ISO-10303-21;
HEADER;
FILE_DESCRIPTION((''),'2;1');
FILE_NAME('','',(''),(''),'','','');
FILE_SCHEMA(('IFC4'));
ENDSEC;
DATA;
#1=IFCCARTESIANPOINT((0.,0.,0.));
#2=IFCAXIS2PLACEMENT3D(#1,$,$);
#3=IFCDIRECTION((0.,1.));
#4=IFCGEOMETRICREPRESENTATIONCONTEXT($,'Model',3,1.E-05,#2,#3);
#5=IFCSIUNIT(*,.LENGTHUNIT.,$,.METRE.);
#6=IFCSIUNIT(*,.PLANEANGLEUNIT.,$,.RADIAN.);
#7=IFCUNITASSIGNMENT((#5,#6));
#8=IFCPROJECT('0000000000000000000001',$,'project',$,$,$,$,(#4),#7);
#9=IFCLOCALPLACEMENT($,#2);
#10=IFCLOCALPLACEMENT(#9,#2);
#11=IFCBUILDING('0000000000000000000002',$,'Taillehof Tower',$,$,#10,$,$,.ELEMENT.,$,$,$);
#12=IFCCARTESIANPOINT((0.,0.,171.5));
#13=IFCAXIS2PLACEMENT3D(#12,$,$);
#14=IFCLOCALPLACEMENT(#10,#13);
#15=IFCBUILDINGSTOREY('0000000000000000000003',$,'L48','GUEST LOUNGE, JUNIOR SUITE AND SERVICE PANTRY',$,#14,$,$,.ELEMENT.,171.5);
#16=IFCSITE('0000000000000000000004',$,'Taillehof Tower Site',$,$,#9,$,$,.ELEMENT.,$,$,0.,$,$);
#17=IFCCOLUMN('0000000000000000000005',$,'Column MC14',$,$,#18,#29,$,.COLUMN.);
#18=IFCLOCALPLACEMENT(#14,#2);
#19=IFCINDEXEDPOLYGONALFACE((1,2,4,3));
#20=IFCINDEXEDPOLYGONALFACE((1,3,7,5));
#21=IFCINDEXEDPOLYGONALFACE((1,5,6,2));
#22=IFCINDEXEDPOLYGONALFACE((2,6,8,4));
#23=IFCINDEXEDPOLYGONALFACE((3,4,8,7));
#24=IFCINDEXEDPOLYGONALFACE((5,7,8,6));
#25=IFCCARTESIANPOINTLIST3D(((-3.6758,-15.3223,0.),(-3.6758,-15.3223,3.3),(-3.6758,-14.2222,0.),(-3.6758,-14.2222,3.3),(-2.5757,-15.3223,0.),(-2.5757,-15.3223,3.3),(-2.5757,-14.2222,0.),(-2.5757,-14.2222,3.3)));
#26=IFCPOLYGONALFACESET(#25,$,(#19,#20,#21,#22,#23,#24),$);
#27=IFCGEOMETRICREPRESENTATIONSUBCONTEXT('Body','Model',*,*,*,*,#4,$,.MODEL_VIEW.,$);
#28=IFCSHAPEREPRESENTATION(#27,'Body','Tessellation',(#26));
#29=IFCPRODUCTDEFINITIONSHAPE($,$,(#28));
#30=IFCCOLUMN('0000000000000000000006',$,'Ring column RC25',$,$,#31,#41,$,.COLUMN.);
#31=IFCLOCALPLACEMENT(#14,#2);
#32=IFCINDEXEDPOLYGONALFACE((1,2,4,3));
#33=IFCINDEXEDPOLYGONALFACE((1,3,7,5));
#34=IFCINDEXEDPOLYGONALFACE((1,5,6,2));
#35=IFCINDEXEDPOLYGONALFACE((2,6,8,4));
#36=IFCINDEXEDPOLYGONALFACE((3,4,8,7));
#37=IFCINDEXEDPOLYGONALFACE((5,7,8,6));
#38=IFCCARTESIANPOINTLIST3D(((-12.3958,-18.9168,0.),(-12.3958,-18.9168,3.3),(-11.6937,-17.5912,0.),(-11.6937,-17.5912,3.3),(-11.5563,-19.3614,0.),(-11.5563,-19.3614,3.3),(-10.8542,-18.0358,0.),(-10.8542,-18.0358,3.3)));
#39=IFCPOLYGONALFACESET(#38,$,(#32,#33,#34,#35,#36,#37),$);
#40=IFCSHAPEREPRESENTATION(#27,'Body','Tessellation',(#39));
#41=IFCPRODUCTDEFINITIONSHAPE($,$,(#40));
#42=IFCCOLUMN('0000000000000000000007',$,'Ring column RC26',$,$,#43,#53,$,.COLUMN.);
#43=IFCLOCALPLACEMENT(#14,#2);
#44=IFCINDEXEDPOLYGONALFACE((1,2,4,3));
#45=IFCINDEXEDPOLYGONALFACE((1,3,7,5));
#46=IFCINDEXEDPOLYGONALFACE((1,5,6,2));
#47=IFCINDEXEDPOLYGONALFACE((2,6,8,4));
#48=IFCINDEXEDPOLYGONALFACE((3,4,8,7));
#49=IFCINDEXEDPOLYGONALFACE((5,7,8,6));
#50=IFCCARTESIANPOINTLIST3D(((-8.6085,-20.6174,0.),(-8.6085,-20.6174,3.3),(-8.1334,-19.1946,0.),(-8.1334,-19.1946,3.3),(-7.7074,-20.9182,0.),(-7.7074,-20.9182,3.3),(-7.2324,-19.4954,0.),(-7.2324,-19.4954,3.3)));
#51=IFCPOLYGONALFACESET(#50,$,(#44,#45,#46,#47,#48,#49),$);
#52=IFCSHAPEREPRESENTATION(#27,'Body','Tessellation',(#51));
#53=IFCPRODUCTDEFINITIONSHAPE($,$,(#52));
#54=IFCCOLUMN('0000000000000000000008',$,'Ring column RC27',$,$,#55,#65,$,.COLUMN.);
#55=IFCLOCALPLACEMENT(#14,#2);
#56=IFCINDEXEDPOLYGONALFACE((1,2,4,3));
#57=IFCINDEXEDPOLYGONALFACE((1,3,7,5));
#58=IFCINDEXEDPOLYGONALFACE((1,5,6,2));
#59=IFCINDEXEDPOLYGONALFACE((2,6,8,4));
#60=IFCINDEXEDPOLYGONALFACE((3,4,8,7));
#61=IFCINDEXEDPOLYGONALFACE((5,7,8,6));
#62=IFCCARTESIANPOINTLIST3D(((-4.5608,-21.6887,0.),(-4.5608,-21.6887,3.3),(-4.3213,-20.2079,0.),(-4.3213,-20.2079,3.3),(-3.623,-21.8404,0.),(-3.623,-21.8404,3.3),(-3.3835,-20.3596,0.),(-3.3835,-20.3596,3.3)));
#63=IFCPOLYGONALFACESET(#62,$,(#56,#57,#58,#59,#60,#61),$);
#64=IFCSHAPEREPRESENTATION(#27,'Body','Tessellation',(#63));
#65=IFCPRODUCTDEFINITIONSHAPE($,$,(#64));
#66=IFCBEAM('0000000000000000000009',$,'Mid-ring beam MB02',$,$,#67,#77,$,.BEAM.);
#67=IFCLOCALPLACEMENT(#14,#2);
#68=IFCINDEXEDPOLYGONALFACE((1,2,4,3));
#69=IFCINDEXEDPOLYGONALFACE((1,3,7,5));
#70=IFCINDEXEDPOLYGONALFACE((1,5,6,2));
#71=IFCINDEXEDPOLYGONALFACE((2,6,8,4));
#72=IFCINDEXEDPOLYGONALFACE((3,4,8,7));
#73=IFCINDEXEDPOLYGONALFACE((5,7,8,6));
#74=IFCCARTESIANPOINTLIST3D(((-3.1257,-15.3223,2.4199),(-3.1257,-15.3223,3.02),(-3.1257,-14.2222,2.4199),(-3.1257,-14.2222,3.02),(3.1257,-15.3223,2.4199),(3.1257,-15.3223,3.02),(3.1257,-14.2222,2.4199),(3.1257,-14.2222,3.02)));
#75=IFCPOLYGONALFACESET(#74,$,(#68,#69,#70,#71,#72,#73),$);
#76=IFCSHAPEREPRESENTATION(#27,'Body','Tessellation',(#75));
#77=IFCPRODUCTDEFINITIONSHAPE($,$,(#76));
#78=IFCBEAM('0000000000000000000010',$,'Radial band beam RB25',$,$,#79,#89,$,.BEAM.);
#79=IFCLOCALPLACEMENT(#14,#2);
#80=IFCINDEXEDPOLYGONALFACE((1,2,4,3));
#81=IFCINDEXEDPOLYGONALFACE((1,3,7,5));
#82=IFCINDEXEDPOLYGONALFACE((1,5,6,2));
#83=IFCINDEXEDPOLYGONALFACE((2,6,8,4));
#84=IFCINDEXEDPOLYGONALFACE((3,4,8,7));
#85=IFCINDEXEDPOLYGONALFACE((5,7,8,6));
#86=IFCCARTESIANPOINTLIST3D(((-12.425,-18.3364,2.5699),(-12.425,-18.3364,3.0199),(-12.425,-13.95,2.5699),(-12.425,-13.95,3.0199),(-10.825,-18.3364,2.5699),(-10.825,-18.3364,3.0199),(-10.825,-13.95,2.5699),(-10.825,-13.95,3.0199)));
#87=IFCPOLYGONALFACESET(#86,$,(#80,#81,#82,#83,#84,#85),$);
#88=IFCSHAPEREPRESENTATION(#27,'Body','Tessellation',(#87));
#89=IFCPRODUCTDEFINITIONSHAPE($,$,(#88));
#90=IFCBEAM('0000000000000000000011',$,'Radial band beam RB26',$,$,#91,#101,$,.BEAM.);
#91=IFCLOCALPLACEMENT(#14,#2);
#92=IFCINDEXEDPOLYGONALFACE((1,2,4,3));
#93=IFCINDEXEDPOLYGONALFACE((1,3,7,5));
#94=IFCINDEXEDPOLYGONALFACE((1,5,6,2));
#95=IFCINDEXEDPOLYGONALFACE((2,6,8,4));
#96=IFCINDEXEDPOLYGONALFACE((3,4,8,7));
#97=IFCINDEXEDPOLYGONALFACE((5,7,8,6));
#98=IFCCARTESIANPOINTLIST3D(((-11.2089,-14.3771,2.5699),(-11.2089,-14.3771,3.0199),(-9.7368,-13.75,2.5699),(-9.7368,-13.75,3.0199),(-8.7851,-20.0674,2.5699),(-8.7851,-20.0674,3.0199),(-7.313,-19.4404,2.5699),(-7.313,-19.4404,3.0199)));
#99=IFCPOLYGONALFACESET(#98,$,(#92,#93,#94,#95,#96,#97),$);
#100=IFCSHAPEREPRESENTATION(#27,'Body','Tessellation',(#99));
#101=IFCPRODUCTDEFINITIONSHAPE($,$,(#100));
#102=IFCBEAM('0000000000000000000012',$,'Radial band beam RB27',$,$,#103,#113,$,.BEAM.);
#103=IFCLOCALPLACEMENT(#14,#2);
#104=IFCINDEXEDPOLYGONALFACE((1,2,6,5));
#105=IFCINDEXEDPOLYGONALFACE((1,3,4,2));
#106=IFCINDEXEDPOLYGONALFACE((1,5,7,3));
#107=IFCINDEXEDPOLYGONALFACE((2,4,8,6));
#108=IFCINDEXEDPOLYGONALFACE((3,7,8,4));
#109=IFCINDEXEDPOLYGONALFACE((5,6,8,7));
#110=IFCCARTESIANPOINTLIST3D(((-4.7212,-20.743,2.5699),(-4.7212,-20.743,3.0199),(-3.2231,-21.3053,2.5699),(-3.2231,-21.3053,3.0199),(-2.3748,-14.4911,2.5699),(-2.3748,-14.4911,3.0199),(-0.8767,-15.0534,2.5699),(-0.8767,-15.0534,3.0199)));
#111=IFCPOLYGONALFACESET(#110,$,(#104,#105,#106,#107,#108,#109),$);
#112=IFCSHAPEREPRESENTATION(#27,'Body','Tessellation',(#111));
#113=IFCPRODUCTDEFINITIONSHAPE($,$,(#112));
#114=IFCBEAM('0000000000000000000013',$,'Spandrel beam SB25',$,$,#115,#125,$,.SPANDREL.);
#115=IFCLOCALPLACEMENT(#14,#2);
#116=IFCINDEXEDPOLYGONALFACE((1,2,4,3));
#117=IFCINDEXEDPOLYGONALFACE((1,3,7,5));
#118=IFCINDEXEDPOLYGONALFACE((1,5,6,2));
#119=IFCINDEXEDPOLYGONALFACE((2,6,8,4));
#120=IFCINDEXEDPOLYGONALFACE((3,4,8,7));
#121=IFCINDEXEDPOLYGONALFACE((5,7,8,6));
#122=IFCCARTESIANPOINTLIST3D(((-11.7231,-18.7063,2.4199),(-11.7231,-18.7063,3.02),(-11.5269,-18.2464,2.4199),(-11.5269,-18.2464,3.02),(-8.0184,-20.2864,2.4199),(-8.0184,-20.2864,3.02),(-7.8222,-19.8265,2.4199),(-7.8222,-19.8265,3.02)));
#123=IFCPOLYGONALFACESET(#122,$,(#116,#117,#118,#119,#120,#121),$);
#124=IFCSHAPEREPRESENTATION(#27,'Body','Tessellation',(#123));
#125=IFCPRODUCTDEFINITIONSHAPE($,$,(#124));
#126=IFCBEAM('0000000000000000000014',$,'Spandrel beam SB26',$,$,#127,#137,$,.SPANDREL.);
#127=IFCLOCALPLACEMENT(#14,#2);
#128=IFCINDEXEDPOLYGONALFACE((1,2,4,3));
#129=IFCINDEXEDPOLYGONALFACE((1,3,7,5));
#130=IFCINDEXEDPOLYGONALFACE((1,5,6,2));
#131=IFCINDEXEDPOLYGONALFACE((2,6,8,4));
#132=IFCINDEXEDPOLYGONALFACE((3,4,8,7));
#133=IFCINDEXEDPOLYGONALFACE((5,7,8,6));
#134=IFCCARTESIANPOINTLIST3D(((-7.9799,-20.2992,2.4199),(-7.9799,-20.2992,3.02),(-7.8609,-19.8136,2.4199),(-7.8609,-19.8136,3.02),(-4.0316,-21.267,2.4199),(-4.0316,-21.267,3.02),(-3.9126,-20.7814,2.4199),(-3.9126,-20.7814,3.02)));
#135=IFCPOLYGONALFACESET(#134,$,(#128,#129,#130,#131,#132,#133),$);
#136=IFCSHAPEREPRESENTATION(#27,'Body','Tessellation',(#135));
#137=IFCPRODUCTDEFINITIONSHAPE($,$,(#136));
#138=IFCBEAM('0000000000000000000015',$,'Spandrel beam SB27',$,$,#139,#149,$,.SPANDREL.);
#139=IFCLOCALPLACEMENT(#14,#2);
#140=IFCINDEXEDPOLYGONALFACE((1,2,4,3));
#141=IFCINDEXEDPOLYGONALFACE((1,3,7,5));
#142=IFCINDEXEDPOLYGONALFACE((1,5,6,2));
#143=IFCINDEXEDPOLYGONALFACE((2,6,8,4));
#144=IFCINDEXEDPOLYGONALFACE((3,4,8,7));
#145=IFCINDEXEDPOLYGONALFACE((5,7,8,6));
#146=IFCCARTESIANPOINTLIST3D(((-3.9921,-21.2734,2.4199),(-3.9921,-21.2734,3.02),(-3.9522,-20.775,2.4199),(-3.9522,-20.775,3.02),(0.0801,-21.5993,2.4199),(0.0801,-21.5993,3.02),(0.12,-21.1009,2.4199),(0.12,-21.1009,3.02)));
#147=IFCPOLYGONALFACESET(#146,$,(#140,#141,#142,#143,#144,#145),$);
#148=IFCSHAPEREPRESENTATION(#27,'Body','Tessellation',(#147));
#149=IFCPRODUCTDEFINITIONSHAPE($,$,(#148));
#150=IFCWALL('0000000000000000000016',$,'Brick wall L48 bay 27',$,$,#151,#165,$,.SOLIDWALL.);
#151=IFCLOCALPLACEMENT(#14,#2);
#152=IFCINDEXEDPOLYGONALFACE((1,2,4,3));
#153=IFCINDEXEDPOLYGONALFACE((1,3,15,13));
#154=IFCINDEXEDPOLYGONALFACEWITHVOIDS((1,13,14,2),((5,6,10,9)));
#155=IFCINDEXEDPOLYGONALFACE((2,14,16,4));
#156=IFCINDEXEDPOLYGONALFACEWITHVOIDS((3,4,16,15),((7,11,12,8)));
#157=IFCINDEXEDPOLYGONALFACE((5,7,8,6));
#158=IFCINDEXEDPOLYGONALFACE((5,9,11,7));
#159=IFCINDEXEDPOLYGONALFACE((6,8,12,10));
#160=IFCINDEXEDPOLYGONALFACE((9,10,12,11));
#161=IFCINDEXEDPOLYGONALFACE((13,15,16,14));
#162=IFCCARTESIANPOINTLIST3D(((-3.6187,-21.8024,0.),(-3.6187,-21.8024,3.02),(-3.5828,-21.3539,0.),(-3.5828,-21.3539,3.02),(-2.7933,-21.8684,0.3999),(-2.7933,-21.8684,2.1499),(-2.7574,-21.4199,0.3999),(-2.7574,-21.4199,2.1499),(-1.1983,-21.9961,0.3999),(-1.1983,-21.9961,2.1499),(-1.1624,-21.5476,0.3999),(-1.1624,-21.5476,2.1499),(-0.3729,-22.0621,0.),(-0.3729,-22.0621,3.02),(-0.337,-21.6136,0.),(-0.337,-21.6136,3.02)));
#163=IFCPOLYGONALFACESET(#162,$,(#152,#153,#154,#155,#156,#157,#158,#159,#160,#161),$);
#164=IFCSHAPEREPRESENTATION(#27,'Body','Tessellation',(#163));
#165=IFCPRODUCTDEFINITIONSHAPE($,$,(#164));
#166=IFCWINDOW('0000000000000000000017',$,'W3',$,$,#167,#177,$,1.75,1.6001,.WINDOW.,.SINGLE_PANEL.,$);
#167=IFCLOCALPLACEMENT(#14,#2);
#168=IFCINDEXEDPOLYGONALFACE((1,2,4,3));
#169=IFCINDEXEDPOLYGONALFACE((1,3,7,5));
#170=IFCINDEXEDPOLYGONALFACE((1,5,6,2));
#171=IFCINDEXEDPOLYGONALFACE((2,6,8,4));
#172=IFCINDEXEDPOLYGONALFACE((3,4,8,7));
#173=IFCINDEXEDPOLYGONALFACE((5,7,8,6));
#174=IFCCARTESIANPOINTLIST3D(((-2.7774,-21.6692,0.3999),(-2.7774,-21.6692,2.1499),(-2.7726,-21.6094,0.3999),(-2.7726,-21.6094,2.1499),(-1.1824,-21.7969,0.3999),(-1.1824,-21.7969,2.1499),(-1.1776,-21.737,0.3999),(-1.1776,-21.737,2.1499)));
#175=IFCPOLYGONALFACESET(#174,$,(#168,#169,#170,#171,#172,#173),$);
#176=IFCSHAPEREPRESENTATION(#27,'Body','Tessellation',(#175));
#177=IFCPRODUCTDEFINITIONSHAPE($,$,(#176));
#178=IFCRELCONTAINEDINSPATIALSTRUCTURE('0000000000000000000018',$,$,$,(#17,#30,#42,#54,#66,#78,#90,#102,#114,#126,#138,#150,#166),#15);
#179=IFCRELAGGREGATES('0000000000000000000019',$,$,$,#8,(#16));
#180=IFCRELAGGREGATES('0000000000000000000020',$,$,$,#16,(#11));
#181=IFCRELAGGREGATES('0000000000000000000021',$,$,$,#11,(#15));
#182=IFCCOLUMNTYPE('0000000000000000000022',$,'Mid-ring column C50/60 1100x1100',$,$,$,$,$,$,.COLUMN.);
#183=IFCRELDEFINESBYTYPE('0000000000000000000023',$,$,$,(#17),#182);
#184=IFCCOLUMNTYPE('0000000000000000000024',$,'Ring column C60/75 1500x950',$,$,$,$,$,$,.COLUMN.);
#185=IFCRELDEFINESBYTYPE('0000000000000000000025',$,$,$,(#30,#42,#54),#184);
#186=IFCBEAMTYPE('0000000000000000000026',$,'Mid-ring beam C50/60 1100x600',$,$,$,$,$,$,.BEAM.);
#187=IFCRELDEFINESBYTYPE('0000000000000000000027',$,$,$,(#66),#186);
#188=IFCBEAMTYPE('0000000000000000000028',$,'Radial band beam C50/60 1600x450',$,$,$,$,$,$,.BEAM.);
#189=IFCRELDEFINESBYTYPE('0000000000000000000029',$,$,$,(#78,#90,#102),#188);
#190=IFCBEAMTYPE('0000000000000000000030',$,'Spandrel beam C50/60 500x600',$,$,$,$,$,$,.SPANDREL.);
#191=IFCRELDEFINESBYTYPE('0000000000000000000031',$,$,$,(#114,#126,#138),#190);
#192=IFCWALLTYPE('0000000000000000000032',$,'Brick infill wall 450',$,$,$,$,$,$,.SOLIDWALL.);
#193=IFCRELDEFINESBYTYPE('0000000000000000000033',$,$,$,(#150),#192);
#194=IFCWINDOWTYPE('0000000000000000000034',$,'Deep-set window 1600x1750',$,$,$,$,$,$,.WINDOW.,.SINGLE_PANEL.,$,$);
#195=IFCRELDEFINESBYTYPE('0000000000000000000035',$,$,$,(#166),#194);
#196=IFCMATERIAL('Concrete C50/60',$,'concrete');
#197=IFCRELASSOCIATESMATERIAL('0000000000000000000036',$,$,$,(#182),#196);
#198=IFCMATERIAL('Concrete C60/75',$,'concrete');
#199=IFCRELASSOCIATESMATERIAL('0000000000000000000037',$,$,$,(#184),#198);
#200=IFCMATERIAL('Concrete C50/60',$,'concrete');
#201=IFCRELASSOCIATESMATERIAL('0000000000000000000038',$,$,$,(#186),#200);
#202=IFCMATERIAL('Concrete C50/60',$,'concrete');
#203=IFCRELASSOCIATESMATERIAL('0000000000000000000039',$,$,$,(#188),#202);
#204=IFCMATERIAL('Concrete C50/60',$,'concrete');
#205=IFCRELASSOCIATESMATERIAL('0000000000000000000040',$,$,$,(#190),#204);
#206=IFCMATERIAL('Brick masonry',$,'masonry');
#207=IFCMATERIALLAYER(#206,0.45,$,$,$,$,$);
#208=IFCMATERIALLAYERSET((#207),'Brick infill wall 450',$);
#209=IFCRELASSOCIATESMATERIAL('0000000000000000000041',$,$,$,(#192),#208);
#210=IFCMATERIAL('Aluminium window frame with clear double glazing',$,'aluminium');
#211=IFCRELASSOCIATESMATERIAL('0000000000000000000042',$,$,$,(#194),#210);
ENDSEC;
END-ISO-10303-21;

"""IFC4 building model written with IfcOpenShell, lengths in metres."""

from ifc_helpers import new_model, si_unit, direction, frame, frame_2d, origin, origin_2d, place, context, subcontext, project, spatial, rectangle, extrude, material, layer, layer_set, material_profile, profile_set, type_object, element, fill, save


model = new_model("IFC4")

# Units and contexts
model_context = context("Model", 3, precision=1e-05, world=origin(), true_north=direction((0.0, 1.0)))
body_context = subcontext(model_context, "Body", "Model", "MODEL_VIEW")
ifc_project = project(units=[si_unit("LENGTHUNIT", "METRE"), si_unit("PLANEANGLEUNIT", "RADIAN")], contexts=[model_context])

# Site, building, storey
site_placement = place(None, origin())
site = spatial("IfcSite", under=ifc_project, at=site_placement, Name="Taillehof Tower Site", CompositionType="ELEMENT", RefElevation=0.0)
building_placement = place(site_placement, origin())
building = spatial("IfcBuilding", under=site, at=building_placement, Name="Taillehof Tower", CompositionType="ELEMENT")
storey_placement = place(building_placement, frame((0.0, 0.0, 171.5)))
storey = spatial("IfcBuildingStorey", under=building, at=storey_placement, Name="L48", Description="GUEST LOUNGE, JUNIOR SUITE AND SERVICE PANTRY", CompositionType="ELEMENT", Elevation=171.5)

# Columns
ifc_material_1 = material(Name="Concrete C50/60", Category="concrete")
ifc_material_profile_1 = material_profile(ifc_material_1, rectangle(XDim=1.1001, YDim=1.1001, at=origin_2d()), Name="RC 1100x1100")
ifc_profile_set_1 = profile_set([ifc_material_profile_1], Name="Concrete C50/60")
column_type_1 = type_object("IfcColumnType", Name="Mid-ring column C50/60 1100x1100", PredefinedType="COLUMN", material=ifc_profile_set_1)
column_placement = place(storey_placement, frame((-3.1257, -14.7722, 0.0), z_axis=(0.0, 0.0, 1.0), x_axis=(1.0, 0.0, 0.0)))
element("IfcColumn", 1, at=column_placement, inside=storey, type_object=column_type_1, Name="Column MC14", PredefinedType="COLUMN", context=body_context, shape_type="SweptSolid", body=[
    extrude(rectangle(XDim=1.1001, YDim=1.1001, at=origin_2d()), origin(), (0.0, 0.0, 1.0), 3.3),
])
ifc_material_2 = material(Name="Concrete C60/75", Category="concrete")
ifc_material_profile_2 = material_profile(ifc_material_2, rectangle(XDim=1.5, YDim=0.95, at=origin_2d()), Name="RC 1500x950")
ifc_profile_set_2 = profile_set([ifc_material_profile_2], Name="Concrete C60/75")
column_type_2 = type_object("IfcColumnType", Name="Ring column C60/75 1500x950", PredefinedType="COLUMN", material=ifc_profile_set_2)
for number, where, z_axis, x_axis, name in (
    (2, (-11.625, -18.4763, 0.0), (0.0, 0.0, 1.0), (-0.468042, -0.883706, 0.0), "Ring column RC25"),
    (3, (-7.9204, -20.0564, 0.0), (0.0, 0.0, 1.0), (-0.316703, -0.948525, 0.0), "Ring column RC26"),
    (4, (-3.9722, -21.0242, 0.0), (0.0, 0.0, 1.0), (-0.159679, -0.987169, 0.0), "Ring column RC27"),
):
    element("IfcColumn", number, at=place(storey_placement, frame(where, z_axis=z_axis, x_axis=x_axis)), inside=storey, type_object=column_type_2, Name=name, PredefinedType="COLUMN", context=body_context, shape_type="SweptSolid", body=[
        extrude(rectangle(XDim=1.5, YDim=0.95, at=origin_2d()), origin(), (0.0, 0.0, 1.0), 3.3),
    ])

# Beams
ifc_material_3 = material(Name="Concrete C50/60", Category="concrete")
ifc_material_profile_3 = material_profile(ifc_material_3, rectangle(XDim=1.1001, YDim=0.6001, at=origin_2d()), Name="RC 1100x600")
ifc_profile_set_3 = profile_set([ifc_material_profile_3], Name="Concrete C50/60")
beam_type_1 = type_object("IfcBeamType", Name="Mid-ring beam C50/60 1100x600", PredefinedType="BEAM", material=ifc_profile_set_3)
beam_1_placement = place(storey_placement, frame((-3.1257, -14.7722, 2.72), z_axis=(1.0, 0.0, 0.0), x_axis=(0.0, 1.0, 0.0)))
element("IfcBeam", 5, at=beam_1_placement, inside=storey, type_object=beam_type_1, Name="Mid-ring beam MB02", PredefinedType="BEAM", context=body_context, shape_type="SweptSolid", body=[
    extrude(rectangle(XDim=1.1001, YDim=0.6001, at=origin_2d()), origin(), (0.0, 0.0, 1.0), 6.2515),
])
ifc_material_4 = material(Name="Concrete C50/60", Category="concrete")
ifc_material_profile_4 = material_profile(ifc_material_4, rectangle(XDim=1.6001, YDim=0.45, at=origin_2d()), Name="RC 1600x450")
ifc_profile_set_4 = profile_set([ifc_material_profile_4], Name="Concrete C50/60")
beam_type_2 = type_object("IfcBeamType", Name="Radial band beam C50/60 1600x450", PredefinedType="BEAM", material=ifc_profile_set_4)
beam_2_placement = place(storey_placement, frame((-11.625, -18.3364, 2.7949), z_axis=(0.0, 1.0, 0.0), x_axis=(-1.0, 0.0, 0.0)))
element("IfcBeam", 6, at=beam_2_placement, inside=storey, type_object=beam_type_2, Name="Radial band beam RB25", PredefinedType="BEAM", context=body_context, shape_type="SweptSolid", body=[
    extrude(rectangle(XDim=1.6001, YDim=0.45, at=origin_2d()), origin(), (0.0, 0.0, 1.0), 4.3865),
])
beam_3_placement = place(storey_placement, frame((-8.0491, -19.7539, 2.7949), z_axis=(-0.391879, 0.920017, 0.0), x_axis=(-0.920017, -0.391879, 0.0)))
element("IfcBeam", 7, at=beam_3_placement, inside=storey, type_object=beam_type_2, Name="Radial band beam RB26", PredefinedType="BEAM", context=body_context, shape_type="SweptSolid", body=[
    extrude(rectangle(XDim=1.6001, YDim=0.45, at=origin_2d()), origin(), (0.0, 0.0, 1.0), 6.1851),
])
beam_4_placement = place(storey_placement, frame((-3.9722, -21.0242, 2.7949), z_axis=(0.35138, 0.936233, 0.0), x_axis=(-0.936233, 0.35138, 0.0)))
element("IfcBeam", 8, at=beam_4_placement, inside=storey, type_object=beam_type_2, Name="Radial band beam RB27", PredefinedType="BEAM", context=body_context, shape_type="SweptSolid", body=[
    extrude(rectangle(XDim=1.6001, YDim=0.45, at=origin_2d()), origin(), (0.0, 0.0, 1.0), 6.6777),
])
ifc_material_5 = material(Name="Concrete C50/60", Category="concrete")
ifc_material_profile_5 = material_profile(ifc_material_5, rectangle(XDim=0.5, YDim=0.6001, at=origin_2d()), Name="RC 500x600")
ifc_profile_set_5 = profile_set([ifc_material_profile_5], Name="Concrete C50/60")
beam_type_3 = type_object("IfcBeamType", Name="Spandrel beam C50/60 500x600", PredefinedType="SPANDREL", material=ifc_profile_set_5)
beam_5_placement = place(storey_placement, frame((-11.625, -18.4763, 2.72), z_axis=(0.919827, -0.392324, 0.0), x_axis=(0.392324, 0.919827, 0.0)))
element("IfcBeam", 9, at=beam_5_placement, inside=storey, type_object=beam_type_3, Name="Spandrel beam SB25", PredefinedType="SPANDREL", context=body_context, shape_type="SweptSolid", body=[
    extrude(rectangle(XDim=0.5, YDim=0.6001, at=origin_2d()), origin(), (0.0, 0.0, 1.0), 4.0276),
])
beam_6_placement = place(storey_placement, frame((-7.9204, -20.0564, 2.72), z_axis=(0.971249, -0.238068, 0.0), x_axis=(0.238068, 0.971249, 0.0)))
element("IfcBeam", 10, at=beam_6_placement, inside=storey, type_object=beam_type_3, Name="Spandrel beam SB26", PredefinedType="SPANDREL", context=body_context, shape_type="SweptSolid", body=[
    extrude(rectangle(XDim=0.5, YDim=0.6001, at=origin_2d()), origin(), (0.0, 0.0, 1.0), 4.0652),
])
beam_7_placement = place(storey_placement, frame((-3.9722, -21.0242, 2.72), z_axis=(0.996812, -0.079781, 0.0), x_axis=(0.079781, 0.996812, 0.0)))
element("IfcBeam", 11, at=beam_7_placement, inside=storey, type_object=beam_type_3, Name="Spandrel beam SB27", PredefinedType="SPANDREL", context=body_context, shape_type="SweptSolid", body=[
    extrude(rectangle(XDim=0.5, YDim=0.6001, at=origin_2d()), origin(), (0.0, 0.0, 1.0), 4.0852),
])

# Wall, opening, window
ifc_material_6 = material(Name="Brick masonry", Category="masonry")
ifc_layer_1 = layer(ifc_material_6, 0.45)
ifc_layer_set_1 = layer_set([ifc_layer_1], Name="Brick infill wall 450")
wall_type_1 = type_object("IfcWallType", Name="Brick infill wall 450", PredefinedType="SOLIDWALL", material=ifc_layer_set_1)
wall_1_placement = place(storey_placement, frame((-3.6006, -21.5781, 0.0), z_axis=(0.0, 0.0, 1.0), x_axis=(0.996812, -0.079781, 0.0)))
wall_1 = element("IfcWall", 12, at=wall_1_placement, inside=storey, type_object=wall_type_1, Name="Brick wall L48 bay 27", PredefinedType="SOLIDWALL", context=body_context, shape_type="SweptSolid", body=[
    extrude(rectangle(XDim=3.2561, YDim=0.45, at=frame_2d((1.6279, 0.0))), origin(), (0.0, 0.0, 1.0), 3.02),
])
opening_1_placement = place(wall_1_placement, frame((0.8279, 0.0, 0.3999)))
opening_1 = element("IfcOpeningElement", 13, at=opening_1_placement, cuts=wall_1, PredefinedType="OPENING", context=body_context, shape_type="SweptSolid", body=[
    extrude(rectangle(XDim=1.6001, YDim=1.75, at=frame_2d((0.8, 0.875))), frame((0.0, 0.2349, 0.0), z_axis=(0.0, -1.0, 0.0), x_axis=(1.0, 0.0, 0.0)), (0.0, 0.0, 1.0), 0.47),
])
ifc_material_7 = material(Name="Aluminium window frame with clear double glazing", Category="aluminium")
window_type_1 = type_object("IfcWindowType", Name="Deep-set window 1600x1750", PartitioningType="SINGLE_PANEL", PredefinedType="WINDOW", material=ifc_material_7)
window_1_placement = place(opening_1_placement, origin())
window_1 = element("IfcWindow", 14, at=window_1_placement, inside=storey, type_object=window_type_1, Name="W3", OverallHeight=1.75, OverallWidth=1.6001, PartitioningType="SINGLE_PANEL", PredefinedType="WINDOW", context=body_context, shape_type="SweptSolid", body=[
    extrude(rectangle(XDim=1.6001, YDim=1.75, at=frame_2d((0.8, 0.875))), frame((0.0, 0.0349, 0.0), z_axis=(0.0, -1.0, 0.0), x_axis=(1.0, 0.0, 0.0)), (0.0, 0.0, 1.0), 0.0601),
])
fill(opening_1, window_1)

save(model, "model.ifc")
